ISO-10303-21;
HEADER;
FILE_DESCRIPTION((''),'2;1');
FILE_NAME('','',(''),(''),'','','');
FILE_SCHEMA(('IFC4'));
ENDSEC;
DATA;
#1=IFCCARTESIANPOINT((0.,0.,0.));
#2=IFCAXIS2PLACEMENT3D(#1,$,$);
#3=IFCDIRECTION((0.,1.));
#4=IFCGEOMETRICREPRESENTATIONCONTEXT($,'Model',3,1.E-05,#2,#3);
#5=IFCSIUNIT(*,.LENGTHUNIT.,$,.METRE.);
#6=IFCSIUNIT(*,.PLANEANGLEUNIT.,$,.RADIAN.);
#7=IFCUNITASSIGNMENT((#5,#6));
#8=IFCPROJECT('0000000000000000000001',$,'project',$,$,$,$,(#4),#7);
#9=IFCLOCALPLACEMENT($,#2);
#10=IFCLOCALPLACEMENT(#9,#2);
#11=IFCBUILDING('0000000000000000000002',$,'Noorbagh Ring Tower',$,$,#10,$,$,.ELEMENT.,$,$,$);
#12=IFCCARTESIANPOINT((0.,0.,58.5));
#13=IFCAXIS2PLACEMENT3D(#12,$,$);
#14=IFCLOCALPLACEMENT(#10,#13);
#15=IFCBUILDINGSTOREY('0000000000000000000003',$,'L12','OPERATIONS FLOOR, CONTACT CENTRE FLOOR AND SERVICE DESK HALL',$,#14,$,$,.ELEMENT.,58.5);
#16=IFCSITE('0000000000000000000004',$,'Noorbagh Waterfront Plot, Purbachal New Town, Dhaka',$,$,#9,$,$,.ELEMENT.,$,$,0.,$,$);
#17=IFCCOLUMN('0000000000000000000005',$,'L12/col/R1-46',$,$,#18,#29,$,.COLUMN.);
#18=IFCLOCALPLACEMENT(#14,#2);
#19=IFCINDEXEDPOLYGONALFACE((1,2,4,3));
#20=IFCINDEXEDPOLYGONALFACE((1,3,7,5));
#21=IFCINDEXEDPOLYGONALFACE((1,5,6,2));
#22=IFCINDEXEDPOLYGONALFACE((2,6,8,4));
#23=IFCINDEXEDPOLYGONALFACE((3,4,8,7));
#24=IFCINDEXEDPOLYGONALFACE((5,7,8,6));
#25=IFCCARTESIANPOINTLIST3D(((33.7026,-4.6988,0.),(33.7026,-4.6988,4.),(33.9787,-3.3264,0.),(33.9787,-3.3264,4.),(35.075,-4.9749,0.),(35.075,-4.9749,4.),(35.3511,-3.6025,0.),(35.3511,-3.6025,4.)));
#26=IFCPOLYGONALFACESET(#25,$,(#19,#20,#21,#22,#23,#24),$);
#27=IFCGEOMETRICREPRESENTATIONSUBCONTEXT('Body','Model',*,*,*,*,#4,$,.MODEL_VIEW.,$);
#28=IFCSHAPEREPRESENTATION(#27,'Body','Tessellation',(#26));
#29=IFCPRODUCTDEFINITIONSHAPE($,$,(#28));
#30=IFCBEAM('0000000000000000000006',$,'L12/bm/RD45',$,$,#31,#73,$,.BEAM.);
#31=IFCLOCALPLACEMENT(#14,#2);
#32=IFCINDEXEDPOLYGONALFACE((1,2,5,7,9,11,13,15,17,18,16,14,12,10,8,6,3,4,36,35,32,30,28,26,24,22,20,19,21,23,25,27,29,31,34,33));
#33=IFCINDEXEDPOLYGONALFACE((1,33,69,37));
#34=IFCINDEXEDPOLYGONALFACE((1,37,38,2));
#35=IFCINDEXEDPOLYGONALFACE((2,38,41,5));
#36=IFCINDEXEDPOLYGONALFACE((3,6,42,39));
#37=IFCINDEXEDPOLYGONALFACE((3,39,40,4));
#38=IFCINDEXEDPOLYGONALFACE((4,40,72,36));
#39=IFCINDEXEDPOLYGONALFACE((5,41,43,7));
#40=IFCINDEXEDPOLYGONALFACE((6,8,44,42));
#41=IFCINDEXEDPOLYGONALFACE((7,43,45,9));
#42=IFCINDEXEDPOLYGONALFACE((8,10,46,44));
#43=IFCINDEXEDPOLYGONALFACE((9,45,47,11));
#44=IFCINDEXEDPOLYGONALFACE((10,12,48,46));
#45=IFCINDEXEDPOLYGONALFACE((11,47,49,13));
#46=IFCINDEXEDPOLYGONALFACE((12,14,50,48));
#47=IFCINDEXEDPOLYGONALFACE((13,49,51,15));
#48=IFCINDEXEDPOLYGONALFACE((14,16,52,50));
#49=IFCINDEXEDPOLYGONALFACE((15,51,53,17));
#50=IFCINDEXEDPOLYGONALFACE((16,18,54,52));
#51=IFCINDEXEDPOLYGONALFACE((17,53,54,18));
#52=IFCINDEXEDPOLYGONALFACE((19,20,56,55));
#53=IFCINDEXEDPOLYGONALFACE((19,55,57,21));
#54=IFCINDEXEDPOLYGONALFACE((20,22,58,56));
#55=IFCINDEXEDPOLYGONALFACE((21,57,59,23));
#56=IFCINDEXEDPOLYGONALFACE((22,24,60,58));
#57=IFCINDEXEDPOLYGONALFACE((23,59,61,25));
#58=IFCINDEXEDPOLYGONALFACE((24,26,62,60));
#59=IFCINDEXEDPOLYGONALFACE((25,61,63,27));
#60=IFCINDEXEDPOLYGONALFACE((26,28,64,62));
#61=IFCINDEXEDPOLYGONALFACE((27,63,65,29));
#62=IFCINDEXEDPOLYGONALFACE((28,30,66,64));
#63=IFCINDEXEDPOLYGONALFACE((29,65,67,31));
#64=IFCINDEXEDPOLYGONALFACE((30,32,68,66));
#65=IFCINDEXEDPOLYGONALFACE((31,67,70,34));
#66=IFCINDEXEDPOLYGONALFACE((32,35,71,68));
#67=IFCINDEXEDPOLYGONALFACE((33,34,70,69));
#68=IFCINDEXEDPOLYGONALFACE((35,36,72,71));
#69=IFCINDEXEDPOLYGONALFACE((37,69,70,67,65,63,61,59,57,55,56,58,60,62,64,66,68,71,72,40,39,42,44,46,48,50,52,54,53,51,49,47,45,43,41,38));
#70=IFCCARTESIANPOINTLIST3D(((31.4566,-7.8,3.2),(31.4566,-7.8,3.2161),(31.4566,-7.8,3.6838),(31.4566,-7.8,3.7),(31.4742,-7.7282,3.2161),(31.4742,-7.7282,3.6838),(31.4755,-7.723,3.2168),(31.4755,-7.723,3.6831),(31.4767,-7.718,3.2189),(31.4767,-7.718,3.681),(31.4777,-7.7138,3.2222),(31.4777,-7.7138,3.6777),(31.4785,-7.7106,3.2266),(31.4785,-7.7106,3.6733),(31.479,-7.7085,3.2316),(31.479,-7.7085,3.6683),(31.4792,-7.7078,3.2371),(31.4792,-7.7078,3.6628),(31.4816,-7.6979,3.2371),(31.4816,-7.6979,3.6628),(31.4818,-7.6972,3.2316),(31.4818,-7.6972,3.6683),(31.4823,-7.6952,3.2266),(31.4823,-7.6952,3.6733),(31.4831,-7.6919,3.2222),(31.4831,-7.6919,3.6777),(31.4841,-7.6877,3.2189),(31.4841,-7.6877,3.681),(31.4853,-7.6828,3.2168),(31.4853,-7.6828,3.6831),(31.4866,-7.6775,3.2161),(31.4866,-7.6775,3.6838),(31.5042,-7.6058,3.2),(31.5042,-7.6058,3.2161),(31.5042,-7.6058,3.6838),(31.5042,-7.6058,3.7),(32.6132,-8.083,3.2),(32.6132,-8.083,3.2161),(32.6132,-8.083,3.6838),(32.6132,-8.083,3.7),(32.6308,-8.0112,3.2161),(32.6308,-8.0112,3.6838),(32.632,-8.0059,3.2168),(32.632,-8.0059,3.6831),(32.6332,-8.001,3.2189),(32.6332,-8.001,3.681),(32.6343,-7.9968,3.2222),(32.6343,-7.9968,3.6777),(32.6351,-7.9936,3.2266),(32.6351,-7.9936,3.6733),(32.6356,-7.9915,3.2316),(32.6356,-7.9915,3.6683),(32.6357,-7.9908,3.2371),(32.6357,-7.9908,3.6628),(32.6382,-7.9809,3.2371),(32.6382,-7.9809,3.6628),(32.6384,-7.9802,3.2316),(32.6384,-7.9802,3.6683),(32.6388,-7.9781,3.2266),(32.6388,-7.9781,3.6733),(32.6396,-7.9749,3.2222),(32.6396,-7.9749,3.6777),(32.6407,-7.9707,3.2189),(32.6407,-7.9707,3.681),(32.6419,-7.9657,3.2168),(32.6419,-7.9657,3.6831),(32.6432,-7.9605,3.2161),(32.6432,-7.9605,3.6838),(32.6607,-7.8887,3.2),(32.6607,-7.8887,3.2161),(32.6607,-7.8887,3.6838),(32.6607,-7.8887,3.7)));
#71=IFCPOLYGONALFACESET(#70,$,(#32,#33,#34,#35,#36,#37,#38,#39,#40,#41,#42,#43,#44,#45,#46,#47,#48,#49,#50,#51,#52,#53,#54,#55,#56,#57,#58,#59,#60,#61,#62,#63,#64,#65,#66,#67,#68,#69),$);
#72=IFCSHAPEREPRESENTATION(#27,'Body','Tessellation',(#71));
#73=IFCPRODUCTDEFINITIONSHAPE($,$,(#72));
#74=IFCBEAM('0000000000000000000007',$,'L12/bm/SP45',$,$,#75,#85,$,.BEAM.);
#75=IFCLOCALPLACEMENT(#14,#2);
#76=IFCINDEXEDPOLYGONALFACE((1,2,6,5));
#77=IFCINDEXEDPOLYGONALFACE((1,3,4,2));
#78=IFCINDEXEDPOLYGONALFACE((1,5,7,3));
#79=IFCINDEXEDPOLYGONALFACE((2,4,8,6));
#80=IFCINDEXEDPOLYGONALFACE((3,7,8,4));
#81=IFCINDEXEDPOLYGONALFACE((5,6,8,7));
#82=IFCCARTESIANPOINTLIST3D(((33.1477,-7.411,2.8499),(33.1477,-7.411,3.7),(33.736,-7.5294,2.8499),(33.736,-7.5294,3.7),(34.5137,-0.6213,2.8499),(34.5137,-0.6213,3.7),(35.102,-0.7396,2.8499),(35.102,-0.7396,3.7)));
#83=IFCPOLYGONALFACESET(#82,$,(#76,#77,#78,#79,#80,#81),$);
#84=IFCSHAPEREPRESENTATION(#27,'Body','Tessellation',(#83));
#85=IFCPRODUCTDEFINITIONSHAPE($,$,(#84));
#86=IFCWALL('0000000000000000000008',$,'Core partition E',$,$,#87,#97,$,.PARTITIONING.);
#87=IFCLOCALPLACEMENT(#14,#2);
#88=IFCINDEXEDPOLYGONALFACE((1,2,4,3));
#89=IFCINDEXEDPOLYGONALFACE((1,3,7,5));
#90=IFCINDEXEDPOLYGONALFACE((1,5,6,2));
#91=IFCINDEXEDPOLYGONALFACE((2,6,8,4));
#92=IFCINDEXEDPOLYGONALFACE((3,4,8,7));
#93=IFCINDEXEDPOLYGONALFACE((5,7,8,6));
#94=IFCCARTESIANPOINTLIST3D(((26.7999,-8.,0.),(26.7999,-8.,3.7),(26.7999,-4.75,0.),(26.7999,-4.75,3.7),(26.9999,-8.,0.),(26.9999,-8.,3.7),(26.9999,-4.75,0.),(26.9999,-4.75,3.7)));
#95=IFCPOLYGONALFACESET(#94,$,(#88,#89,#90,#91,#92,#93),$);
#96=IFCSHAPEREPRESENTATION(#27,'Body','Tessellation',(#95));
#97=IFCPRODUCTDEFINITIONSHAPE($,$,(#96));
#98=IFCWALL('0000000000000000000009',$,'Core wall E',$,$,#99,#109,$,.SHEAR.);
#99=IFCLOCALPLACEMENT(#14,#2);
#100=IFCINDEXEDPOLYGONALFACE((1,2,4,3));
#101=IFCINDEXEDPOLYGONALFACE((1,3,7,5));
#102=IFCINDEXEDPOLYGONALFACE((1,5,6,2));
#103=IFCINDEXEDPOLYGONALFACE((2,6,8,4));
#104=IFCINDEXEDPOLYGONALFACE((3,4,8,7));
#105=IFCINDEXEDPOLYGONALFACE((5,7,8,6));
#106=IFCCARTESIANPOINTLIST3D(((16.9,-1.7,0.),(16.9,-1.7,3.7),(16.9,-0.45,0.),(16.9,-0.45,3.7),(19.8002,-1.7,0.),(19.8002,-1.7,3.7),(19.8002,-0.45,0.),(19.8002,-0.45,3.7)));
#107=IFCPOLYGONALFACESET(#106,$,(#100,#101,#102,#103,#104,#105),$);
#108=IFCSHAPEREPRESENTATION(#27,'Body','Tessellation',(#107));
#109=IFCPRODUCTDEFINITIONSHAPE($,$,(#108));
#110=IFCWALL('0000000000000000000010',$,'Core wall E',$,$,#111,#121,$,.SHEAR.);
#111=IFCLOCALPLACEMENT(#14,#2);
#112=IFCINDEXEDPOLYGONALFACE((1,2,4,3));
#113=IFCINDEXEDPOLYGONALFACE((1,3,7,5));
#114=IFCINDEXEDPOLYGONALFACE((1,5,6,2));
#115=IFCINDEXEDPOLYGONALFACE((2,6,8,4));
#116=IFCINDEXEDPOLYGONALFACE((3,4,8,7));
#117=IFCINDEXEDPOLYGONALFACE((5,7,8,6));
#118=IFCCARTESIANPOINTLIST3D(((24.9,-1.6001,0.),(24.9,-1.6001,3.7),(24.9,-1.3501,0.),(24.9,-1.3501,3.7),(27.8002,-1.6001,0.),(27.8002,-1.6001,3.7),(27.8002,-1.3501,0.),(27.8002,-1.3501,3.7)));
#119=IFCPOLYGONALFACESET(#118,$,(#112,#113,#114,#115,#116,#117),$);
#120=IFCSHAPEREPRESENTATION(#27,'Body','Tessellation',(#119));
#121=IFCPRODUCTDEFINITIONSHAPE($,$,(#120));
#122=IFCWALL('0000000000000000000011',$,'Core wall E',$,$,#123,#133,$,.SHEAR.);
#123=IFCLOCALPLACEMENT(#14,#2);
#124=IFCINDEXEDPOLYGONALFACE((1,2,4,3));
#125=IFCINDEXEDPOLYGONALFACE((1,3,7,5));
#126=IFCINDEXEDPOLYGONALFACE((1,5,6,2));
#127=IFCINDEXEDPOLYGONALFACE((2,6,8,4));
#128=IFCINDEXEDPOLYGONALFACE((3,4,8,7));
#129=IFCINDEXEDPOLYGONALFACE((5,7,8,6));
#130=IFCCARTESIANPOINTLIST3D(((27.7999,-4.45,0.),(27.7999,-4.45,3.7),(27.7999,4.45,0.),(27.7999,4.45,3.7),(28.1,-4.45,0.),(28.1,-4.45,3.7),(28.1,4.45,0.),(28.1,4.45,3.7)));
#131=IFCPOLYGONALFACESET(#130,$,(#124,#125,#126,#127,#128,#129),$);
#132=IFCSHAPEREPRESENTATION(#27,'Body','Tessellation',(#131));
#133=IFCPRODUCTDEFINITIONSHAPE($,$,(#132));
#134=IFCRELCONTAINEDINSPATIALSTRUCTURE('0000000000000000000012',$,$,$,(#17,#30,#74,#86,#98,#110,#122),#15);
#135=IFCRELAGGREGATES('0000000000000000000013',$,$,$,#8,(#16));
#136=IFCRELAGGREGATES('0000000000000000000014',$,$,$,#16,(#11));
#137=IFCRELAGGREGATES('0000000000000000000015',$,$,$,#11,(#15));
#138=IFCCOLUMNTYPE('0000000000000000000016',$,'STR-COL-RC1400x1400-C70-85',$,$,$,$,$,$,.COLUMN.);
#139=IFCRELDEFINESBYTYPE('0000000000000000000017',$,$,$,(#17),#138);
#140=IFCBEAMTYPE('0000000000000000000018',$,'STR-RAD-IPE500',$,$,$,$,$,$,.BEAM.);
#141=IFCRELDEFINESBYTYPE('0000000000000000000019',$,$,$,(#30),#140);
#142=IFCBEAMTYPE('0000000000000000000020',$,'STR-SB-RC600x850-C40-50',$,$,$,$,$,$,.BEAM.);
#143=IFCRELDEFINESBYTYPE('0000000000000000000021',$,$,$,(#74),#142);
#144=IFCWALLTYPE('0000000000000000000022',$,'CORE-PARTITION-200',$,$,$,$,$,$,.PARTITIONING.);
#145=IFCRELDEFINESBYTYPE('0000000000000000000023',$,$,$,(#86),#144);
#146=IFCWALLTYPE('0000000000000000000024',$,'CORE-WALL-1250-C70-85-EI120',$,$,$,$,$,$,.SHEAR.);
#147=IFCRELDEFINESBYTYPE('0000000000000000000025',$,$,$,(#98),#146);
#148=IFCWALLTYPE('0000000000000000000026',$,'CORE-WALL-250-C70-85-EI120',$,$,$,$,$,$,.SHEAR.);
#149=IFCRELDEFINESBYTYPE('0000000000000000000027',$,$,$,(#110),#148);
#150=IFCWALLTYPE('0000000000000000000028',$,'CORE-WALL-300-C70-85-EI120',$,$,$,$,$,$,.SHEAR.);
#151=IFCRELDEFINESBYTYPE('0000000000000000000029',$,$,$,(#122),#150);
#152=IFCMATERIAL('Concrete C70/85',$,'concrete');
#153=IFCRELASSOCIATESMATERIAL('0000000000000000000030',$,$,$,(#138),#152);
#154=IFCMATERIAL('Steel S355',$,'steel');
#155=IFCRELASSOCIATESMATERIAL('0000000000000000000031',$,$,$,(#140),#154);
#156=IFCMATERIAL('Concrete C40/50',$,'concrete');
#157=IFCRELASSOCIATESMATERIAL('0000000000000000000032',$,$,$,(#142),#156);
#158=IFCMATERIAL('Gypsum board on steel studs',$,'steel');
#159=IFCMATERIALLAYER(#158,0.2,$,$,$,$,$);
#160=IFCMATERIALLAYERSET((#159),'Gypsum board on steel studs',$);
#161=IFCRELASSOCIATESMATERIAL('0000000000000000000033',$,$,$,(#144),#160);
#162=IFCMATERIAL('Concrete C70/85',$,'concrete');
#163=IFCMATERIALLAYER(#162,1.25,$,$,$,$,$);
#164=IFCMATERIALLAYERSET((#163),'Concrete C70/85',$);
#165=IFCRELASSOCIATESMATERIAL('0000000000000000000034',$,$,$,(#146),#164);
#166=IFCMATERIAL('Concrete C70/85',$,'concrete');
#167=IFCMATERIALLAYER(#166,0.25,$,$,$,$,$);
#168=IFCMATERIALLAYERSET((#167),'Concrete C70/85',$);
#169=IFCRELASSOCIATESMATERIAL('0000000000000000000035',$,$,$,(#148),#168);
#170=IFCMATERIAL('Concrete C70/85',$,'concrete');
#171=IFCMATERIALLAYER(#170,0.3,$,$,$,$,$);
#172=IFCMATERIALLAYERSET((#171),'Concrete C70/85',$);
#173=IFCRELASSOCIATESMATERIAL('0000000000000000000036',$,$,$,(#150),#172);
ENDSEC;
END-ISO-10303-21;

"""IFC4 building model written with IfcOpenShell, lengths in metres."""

from ifc_helpers import new_model, si_unit, direction, frame, frame_2d, origin, origin_2d, place, context, subcontext, project, spatial, rectangle, i_section, extrude, material, layer, layer_set, material_profile, profile_set, type_object, element, save


model = new_model("IFC4")

# Units and contexts
model_context = context("Model", 3, precision=1e-05, world=origin(), true_north=direction((0.0, 1.0)))
body_context = subcontext(model_context, "Body", "Model", "MODEL_VIEW")
ifc_project = project(units=[si_unit("LENGTHUNIT", "METRE"), si_unit("PLANEANGLEUNIT", "RADIAN")], contexts=[model_context])

# Site, building, storey
site_placement = place(None, origin())
site = spatial("IfcSite", under=ifc_project, at=site_placement, Name="Noorbagh Waterfront Plot, Purbachal New Town, Dhaka", CompositionType="ELEMENT", RefElevation=0.0)
building_placement = place(site_placement, origin())
building = spatial("IfcBuilding", under=site, at=building_placement, Name="Noorbagh Ring Tower", CompositionType="ELEMENT")
storey_placement = place(building_placement, frame((0.0, 0.0, 58.5)))
storey = spatial("IfcBuildingStorey", under=building, at=storey_placement, Name="L12", Description="OPERATIONS FLOOR, CONTACT CENTRE FLOOR AND SERVICE DESK HALL", CompositionType="ELEMENT", Elevation=58.5)

# Column
ifc_material_1 = material(Name="Concrete C70/85", Category="concrete")
ifc_material_profile_1 = material_profile(ifc_material_1, rectangle(XDim=1.3999, YDim=1.3999, at=origin_2d()), Name="RC1400x1400")
ifc_profile_set_1 = profile_set([ifc_material_profile_1], Name="Concrete C70/85")
column_type = type_object("IfcColumnType", Name="STR-COL-RC1400x1400-C70-85", PredefinedType="COLUMN", material=ifc_profile_set_1)
column_placement = place(storey_placement, frame((34.5269, -4.1506, 0.0), z_axis=(0.0, 0.0, 1.0), x_axis=(0.19723, 0.980357, 0.0)))
element("IfcColumn", 1, at=column_placement, inside=storey, type_object=column_type, Name="L12/col/R1-46", PredefinedType="COLUMN", context=body_context, shape_type="SweptSolid", body=[
    extrude(rectangle(XDim=1.3999, YDim=1.3999, at=origin_2d()), origin(), (0.0, 0.0, 1.0), 4.0),
])

# Beams
ifc_material_2 = material(Name="Steel S355", Category="steel")
ifc_material_profile_2 = material_profile(ifc_material_2, i_section(OverallWidth=0.2, OverallDepth=0.5, WebThickness=0.0103, FlangeThickness=0.0161, FilletRadius=0.021, at=origin_2d()), Name="IPE500")
ifc_profile_set_2 = profile_set([ifc_material_profile_2], Name="Steel S355")
beam_type_1 = type_object("IfcBeamType", Name="STR-RAD-IPE500", PredefinedType="BEAM", material=ifc_profile_set_2)
beam_1_placement = place(storey_placement, frame((32.637, -7.9858, 3.45), z_axis=(-0.971349, 0.237659, 0.0), x_axis=(-0.237659, -0.971349, 0.0)))
element("IfcBeam", 2, at=beam_1_placement, inside=storey, type_object=beam_type_1, Name="L12/bm/RD45", PredefinedType="BEAM", context=body_context, shape_type="SweptSolid", body=[
    extrude(i_section(OverallWidth=0.2, OverallDepth=0.5, WebThickness=0.0103, FlangeThickness=0.0161, FilletRadius=0.021, at=origin_2d()), origin(), (0.0, 0.0, 1.0), 1.1907),
])
ifc_material_3 = material(Name="Concrete C40/50", Category="concrete")
ifc_material_profile_3 = material_profile(ifc_material_3, rectangle(XDim=0.6001, YDim=0.8501, at=origin_2d()), Name="RC600x850")
ifc_profile_set_3 = profile_set([ifc_material_profile_3], Name="Concrete C40/50")
beam_type_2 = type_object("IfcBeamType", Name="STR-SB-RC600x850-C40-50", PredefinedType="BEAM", material=ifc_profile_set_3)
beam_2_placement = place(storey_placement, frame((33.4419, -7.4702, 3.2749), z_axis=(0.197228, 0.980358, 0.0), x_axis=(-0.980358, 0.197228, 0.0)))
element("IfcBeam", 3, at=beam_2_placement, inside=storey, type_object=beam_type_2, Name="L12/bm/SP45", PredefinedType="BEAM", context=body_context, shape_type="SweptSolid", body=[
    extrude(rectangle(XDim=0.6001, YDim=0.8501, at=origin_2d()), origin(), (0.0, 0.0, 1.0), 6.9258),
])

# Walls
ifc_material_4 = material(Name="Gypsum board on steel studs", Category="steel")
ifc_layer_1 = layer(ifc_material_4, 0.2)
ifc_layer_set_1 = layer_set([ifc_layer_1], Name="Gypsum board on steel studs")
wall_type_1 = type_object("IfcWallType", Name="CORE-PARTITION-200", PredefinedType="PARTITIONING", material=ifc_layer_set_1)
wall_1_placement = place(storey_placement, frame((26.8999, -8.0, 0.0), z_axis=(0.0, 0.0, 1.0), x_axis=(0.0, 1.0, 0.0)))
element("IfcWall", 4, at=wall_1_placement, inside=storey, type_object=wall_type_1, Name="Core partition E", PredefinedType="PARTITIONING", context=body_context, shape_type="SweptSolid", body=[
    extrude(rectangle(XDim=3.25, YDim=0.2, at=frame_2d((1.625, 0.0))), origin(), (0.0, 0.0, 1.0), 3.7),
])
ifc_material_5 = material(Name="Concrete C70/85", Category="concrete")
ifc_layer_2 = layer(ifc_material_5, 1.25)
ifc_layer_set_2 = layer_set([ifc_layer_2], Name="Concrete C70/85")
wall_type_2 = type_object("IfcWallType", Name="CORE-WALL-1250-C70-85-EI120", PredefinedType="SHEAR", material=ifc_layer_set_2)
wall_2_placement = place(storey_placement, frame((16.8999, -1.075, 0.0), z_axis=(0.0, 0.0, 1.0), x_axis=(1.0, 0.0, 0.0)))
element("IfcWall", 5, at=wall_2_placement, inside=storey, type_object=wall_type_2, Name="Core wall E", PredefinedType="SHEAR", context=body_context, shape_type="SweptSolid", body=[
    extrude(rectangle(XDim=2.9001, YDim=1.25, at=frame_2d((1.4502, 0.0))), origin(), (0.0, 0.0, 1.0), 3.7),
])
ifc_material_6 = material(Name="Concrete C70/85", Category="concrete")
ifc_layer_3 = layer(ifc_material_6, 0.25)
ifc_layer_set_3 = layer_set([ifc_layer_3], Name="Concrete C70/85")
wall_type_3 = type_object("IfcWallType", Name="CORE-WALL-250-C70-85-EI120", PredefinedType="SHEAR", material=ifc_layer_set_3)
wall_3_placement = place(storey_placement, frame((24.8999, -1.4751, 0.0), z_axis=(0.0, 0.0, 1.0), x_axis=(1.0, 0.0, 0.0)))
element("IfcWall", 6, at=wall_3_placement, inside=storey, type_object=wall_type_3, Name="Core wall E", PredefinedType="SHEAR", context=body_context, shape_type="SweptSolid", body=[
    extrude(rectangle(XDim=2.9001, YDim=0.25, at=frame_2d((1.4502, 0.0))), origin(), (0.0, 0.0, 1.0), 3.7),
])
ifc_material_7 = material(Name="Concrete C70/85", Category="concrete")
ifc_layer_4 = layer(ifc_material_7, 0.3)
ifc_layer_set_4 = layer_set([ifc_layer_4], Name="Concrete C70/85")
wall_type_4 = type_object("IfcWallType", Name="CORE-WALL-300-C70-85-EI120", PredefinedType="SHEAR", material=ifc_layer_set_4)
wall_4_placement = place(storey_placement, frame((27.95, -4.45, 0.0), z_axis=(0.0, 0.0, 1.0), x_axis=(0.0, 1.0, 0.0)))
element("IfcWall", 7, at=wall_4_placement, inside=storey, type_object=wall_type_4, Name="Core wall E", PredefinedType="SHEAR", context=body_context, shape_type="SweptSolid", body=[
    extrude(rectangle(XDim=8.8999, YDim=0.3, at=frame_2d((4.45, 0.0))), origin(), (0.0, 0.0, 1.0), 3.7),
])

save(model, "model.ifc")
